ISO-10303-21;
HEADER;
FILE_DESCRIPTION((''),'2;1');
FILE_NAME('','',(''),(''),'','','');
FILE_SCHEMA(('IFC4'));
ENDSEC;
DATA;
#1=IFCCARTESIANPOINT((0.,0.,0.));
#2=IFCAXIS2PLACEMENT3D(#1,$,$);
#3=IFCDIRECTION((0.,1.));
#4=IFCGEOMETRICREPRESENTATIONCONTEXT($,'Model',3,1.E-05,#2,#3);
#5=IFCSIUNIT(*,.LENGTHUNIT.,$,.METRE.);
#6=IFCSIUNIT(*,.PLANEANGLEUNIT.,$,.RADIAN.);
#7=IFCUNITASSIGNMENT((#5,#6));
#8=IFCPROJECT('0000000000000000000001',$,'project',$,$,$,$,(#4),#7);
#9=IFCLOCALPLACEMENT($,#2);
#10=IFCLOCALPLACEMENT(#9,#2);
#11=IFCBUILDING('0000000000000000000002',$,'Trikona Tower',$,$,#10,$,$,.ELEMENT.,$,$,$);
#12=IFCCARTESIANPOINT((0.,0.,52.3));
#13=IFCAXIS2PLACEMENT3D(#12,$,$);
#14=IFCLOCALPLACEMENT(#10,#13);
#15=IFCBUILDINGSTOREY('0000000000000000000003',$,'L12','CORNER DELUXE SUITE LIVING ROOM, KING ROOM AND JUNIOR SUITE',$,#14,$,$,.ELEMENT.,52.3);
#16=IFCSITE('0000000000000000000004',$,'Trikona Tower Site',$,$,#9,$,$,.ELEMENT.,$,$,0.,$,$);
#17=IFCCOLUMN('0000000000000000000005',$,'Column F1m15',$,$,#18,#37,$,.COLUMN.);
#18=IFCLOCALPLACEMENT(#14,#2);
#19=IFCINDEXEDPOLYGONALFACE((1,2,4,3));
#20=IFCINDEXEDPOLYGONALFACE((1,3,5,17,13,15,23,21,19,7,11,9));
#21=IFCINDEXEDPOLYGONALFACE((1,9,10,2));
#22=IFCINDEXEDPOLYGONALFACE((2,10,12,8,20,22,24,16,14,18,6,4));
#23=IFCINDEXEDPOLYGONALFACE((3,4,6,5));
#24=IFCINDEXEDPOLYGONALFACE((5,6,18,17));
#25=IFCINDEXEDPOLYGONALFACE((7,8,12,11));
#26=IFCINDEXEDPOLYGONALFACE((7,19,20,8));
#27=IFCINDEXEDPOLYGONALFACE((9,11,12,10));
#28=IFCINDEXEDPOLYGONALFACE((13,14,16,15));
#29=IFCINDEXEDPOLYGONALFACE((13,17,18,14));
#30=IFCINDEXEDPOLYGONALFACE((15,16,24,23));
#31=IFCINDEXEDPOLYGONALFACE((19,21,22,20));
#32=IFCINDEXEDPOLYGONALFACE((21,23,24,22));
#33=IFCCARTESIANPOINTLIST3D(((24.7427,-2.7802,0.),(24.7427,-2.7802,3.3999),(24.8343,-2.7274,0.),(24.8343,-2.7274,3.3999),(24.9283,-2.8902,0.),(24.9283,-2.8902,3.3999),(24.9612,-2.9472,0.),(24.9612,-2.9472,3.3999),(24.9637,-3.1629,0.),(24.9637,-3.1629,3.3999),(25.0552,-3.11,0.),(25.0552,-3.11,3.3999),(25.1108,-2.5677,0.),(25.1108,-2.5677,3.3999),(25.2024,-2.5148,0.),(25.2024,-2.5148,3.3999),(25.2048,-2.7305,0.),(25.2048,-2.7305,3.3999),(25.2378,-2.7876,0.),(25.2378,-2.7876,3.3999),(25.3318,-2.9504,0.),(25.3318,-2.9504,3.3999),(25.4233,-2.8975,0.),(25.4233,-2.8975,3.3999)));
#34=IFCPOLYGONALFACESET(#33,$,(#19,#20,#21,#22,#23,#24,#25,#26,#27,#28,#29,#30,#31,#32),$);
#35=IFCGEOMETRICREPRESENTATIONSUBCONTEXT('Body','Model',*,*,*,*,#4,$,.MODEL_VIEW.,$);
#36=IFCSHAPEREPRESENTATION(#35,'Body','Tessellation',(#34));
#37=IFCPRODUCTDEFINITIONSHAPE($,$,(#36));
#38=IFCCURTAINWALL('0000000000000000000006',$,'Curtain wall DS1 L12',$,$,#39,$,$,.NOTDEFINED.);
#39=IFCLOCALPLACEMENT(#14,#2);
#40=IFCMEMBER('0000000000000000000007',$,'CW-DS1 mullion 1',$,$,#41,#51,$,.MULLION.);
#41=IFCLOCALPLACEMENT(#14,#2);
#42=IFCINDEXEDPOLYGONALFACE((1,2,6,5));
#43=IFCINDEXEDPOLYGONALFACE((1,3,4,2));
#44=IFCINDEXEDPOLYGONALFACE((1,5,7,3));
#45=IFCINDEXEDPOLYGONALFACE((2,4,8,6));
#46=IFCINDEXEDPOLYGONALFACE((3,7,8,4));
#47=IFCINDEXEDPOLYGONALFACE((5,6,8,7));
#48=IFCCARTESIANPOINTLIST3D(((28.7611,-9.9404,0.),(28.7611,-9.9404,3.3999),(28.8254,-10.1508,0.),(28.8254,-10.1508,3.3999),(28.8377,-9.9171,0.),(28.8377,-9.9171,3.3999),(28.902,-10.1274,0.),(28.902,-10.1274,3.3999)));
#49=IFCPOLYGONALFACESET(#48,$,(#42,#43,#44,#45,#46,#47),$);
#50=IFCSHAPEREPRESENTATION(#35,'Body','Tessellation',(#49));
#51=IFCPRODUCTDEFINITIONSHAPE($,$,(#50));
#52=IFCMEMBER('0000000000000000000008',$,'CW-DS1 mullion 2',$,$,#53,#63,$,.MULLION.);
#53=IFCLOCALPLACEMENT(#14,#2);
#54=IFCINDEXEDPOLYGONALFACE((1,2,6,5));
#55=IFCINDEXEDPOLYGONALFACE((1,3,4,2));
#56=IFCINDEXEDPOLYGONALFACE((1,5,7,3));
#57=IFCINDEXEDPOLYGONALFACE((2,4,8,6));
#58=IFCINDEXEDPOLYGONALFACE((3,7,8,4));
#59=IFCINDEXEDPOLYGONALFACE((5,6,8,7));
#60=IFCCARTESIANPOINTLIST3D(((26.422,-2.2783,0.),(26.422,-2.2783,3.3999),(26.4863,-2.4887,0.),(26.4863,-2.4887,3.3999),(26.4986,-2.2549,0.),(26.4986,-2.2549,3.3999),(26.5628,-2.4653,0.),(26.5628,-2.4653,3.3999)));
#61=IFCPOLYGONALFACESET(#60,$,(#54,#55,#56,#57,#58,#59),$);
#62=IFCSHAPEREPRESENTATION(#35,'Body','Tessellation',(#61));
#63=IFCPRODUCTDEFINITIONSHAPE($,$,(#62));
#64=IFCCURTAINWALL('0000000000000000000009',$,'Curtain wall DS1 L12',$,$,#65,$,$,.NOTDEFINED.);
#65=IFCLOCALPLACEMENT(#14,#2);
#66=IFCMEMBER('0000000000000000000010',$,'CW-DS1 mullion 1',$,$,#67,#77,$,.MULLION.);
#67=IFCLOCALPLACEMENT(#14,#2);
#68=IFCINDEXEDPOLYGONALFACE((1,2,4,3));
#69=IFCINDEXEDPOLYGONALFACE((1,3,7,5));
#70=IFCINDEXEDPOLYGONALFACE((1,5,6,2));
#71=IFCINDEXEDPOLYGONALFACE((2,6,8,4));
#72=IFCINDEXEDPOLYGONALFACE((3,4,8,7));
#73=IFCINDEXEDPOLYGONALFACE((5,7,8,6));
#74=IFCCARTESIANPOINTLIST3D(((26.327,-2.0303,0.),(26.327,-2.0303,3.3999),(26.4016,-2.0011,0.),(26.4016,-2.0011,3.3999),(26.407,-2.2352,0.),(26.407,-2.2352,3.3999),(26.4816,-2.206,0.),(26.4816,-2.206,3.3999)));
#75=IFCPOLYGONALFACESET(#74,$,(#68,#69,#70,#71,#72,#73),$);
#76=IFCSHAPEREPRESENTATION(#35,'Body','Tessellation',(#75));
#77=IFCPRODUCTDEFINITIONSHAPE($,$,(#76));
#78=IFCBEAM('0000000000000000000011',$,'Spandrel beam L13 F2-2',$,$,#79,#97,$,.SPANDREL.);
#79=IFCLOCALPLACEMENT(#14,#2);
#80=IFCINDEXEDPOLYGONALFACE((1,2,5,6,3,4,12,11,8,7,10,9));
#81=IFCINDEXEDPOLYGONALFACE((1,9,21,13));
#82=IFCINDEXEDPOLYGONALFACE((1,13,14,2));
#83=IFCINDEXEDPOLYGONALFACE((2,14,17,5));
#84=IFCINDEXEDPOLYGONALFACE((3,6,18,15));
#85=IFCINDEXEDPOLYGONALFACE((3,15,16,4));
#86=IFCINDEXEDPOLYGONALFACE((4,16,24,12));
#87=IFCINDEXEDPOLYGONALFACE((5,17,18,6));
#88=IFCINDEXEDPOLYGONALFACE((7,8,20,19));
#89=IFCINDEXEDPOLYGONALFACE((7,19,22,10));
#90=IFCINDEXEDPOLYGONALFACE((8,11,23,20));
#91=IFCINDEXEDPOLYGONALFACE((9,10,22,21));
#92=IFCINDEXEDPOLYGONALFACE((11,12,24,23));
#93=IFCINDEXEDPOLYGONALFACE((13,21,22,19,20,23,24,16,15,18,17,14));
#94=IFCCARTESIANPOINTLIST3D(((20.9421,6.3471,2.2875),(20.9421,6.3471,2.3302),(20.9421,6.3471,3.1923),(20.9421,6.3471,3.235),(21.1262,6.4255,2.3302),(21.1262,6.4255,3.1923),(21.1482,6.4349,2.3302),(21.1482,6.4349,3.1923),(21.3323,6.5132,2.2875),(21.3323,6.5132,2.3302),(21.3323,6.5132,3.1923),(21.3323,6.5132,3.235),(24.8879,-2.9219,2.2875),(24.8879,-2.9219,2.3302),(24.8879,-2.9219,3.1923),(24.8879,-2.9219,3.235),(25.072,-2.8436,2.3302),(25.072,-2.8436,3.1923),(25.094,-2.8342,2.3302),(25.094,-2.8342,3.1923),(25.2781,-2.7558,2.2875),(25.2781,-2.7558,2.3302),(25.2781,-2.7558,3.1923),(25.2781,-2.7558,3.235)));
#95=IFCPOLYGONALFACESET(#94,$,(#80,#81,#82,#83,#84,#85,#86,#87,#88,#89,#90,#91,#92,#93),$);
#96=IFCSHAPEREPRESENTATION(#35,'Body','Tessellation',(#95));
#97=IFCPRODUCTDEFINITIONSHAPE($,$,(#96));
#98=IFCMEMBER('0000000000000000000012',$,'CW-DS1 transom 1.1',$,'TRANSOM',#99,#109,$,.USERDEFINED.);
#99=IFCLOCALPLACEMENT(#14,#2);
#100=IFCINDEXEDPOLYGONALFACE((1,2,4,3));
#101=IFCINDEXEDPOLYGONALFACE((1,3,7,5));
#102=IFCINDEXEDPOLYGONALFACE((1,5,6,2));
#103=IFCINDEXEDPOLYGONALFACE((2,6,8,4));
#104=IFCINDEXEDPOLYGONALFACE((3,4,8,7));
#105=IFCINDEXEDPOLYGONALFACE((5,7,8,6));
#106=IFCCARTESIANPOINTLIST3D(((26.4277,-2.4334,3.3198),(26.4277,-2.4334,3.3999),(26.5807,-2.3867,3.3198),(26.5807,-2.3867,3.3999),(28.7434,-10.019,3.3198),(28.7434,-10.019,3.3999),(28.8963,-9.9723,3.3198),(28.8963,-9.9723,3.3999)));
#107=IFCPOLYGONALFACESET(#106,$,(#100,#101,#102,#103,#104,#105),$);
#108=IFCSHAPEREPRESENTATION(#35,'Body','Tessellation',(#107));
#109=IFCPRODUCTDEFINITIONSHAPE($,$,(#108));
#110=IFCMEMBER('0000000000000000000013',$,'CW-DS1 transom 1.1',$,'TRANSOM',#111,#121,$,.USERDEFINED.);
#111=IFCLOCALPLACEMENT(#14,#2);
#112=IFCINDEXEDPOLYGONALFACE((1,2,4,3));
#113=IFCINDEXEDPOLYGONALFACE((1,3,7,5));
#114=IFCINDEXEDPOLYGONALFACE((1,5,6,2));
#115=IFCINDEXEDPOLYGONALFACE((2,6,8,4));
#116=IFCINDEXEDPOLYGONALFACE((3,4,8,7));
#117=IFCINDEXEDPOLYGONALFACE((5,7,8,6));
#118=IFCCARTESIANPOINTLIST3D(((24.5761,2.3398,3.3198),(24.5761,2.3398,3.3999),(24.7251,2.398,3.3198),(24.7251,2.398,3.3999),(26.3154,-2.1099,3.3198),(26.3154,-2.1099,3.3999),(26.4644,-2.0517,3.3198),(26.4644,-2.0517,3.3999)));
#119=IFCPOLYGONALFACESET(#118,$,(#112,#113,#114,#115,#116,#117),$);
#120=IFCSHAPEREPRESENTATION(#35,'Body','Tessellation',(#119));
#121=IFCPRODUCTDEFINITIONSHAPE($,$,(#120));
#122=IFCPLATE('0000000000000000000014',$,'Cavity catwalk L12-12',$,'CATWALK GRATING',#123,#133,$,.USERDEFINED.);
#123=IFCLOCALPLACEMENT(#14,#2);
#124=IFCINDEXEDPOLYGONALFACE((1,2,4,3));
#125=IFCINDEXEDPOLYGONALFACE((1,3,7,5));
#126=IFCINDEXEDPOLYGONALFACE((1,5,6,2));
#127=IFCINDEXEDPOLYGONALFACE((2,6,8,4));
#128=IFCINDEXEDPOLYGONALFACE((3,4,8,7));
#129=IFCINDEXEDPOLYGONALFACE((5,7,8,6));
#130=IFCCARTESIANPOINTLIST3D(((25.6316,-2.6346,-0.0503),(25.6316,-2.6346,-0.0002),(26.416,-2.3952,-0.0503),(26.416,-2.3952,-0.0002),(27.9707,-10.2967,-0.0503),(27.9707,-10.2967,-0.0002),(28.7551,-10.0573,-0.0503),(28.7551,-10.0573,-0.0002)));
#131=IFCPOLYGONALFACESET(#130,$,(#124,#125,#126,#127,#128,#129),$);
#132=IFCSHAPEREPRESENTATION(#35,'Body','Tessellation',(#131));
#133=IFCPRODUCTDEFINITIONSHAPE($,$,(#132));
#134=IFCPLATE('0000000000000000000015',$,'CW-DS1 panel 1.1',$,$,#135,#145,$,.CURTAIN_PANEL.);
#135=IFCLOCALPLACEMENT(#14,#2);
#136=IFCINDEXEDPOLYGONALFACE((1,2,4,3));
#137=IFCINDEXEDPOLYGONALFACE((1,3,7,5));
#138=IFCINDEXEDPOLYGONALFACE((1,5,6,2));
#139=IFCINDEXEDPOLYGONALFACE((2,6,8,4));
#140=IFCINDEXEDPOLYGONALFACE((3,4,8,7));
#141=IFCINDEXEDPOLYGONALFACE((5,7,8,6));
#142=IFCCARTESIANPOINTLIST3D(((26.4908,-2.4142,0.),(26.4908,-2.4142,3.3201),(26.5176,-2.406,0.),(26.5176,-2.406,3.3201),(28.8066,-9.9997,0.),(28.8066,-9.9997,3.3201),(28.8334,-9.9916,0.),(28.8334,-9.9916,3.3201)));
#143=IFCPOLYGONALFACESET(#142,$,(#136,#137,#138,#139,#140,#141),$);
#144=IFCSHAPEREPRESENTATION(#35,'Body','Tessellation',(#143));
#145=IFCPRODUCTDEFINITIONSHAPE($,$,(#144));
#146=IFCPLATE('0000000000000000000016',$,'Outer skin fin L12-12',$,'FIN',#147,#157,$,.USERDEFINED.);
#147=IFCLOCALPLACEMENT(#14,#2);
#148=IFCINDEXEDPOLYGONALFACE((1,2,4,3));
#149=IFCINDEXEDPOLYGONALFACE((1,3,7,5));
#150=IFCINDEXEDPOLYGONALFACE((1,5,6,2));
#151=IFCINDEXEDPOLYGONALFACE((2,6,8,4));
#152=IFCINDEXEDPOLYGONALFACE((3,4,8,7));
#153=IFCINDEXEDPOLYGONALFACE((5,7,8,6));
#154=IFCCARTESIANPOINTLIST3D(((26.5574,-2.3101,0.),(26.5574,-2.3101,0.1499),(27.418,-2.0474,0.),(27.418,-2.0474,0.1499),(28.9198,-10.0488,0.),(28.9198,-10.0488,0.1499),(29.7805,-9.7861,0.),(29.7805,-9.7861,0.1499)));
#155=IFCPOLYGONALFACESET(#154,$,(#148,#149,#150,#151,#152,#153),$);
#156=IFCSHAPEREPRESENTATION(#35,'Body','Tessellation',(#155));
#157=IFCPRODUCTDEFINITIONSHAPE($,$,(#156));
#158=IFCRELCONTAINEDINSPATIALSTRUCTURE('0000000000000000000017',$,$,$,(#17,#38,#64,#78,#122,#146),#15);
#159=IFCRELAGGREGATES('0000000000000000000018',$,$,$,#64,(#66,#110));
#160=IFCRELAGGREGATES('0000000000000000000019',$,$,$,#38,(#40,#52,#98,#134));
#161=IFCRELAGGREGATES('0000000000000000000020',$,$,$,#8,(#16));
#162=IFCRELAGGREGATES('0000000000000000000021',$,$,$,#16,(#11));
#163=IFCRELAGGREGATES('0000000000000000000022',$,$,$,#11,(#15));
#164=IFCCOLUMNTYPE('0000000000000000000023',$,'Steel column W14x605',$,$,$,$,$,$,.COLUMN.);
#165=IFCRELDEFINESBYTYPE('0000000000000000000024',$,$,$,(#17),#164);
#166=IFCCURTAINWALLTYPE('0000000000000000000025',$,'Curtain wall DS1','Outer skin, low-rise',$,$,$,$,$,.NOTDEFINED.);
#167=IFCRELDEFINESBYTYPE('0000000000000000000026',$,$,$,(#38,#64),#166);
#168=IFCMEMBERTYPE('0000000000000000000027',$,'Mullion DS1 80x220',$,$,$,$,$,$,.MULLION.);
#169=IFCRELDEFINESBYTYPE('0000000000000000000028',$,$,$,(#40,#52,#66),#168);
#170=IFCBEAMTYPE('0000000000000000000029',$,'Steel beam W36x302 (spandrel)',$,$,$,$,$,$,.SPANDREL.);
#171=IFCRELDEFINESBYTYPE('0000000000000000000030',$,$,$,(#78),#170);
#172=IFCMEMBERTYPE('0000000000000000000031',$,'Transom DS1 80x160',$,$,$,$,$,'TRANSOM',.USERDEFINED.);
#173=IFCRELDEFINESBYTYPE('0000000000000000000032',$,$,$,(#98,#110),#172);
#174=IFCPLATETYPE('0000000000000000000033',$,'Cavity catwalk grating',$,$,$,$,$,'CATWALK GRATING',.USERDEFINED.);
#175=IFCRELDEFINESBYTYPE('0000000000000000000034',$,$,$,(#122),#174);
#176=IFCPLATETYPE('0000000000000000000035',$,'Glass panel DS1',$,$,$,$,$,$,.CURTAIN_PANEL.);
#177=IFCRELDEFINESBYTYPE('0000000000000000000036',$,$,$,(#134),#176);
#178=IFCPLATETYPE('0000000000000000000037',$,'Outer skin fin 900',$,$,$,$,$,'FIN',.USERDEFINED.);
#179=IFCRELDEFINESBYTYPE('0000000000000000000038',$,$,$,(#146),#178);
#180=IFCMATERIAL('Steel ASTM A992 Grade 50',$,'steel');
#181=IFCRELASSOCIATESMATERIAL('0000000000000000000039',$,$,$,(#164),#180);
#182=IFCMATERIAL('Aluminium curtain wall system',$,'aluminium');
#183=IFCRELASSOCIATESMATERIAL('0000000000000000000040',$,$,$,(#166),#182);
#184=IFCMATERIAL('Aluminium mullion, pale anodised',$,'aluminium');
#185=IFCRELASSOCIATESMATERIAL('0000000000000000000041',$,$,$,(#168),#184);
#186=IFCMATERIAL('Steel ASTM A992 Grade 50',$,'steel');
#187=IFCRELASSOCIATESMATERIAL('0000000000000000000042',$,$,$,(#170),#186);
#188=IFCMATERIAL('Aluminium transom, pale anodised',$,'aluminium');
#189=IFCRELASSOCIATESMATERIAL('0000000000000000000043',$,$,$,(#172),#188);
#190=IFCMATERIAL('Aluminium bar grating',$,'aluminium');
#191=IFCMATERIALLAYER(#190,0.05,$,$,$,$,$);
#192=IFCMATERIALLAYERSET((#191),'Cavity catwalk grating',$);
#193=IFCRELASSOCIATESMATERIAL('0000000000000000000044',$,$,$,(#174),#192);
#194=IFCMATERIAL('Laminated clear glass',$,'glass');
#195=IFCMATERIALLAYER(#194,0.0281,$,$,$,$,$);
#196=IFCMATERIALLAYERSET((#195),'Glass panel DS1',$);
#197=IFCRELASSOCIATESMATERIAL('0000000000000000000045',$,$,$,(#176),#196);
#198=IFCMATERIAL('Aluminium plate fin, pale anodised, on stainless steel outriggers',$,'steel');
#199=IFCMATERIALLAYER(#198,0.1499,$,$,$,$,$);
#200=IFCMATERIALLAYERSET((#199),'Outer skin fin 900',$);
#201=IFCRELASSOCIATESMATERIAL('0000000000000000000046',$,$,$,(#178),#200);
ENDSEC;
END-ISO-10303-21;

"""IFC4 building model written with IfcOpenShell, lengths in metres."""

from ifc_helpers import new_model, si_unit, direction, frame, origin, origin_2d, place, context, subcontext, project, spatial, rectangle, i_section, extrude, material, layer, layer_set, material_profile, profile_set, type_object, element, aggregate, save


model = new_model("IFC4")

# Units and contexts
model_context = context("Model", 3, precision=1e-05, world=origin(), true_north=direction((0.0, 1.0)))
body_context = subcontext(model_context, "Body", "Model", "MODEL_VIEW")
ifc_project = project(units=[si_unit("LENGTHUNIT", "METRE"), si_unit("PLANEANGLEUNIT", "RADIAN")], contexts=[model_context])

# Site, building, storey
site_placement = place(None, origin())
site = spatial("IfcSite", under=ifc_project, at=site_placement, Name="Trikona Tower Site", CompositionType="ELEMENT", RefElevation=0.0)
building_placement = place(site_placement, origin())
building = spatial("IfcBuilding", under=site, at=building_placement, Name="Trikona Tower", CompositionType="ELEMENT")
storey_placement = place(building_placement, frame((0.0, 0.0, 52.3)))
storey = spatial("IfcBuildingStorey", under=building, at=storey_placement, Name="L12", Description="CORNER DELUXE SUITE LIVING ROOM, KING ROOM AND JUNIOR SUITE", CompositionType="ELEMENT", Elevation=52.3)

# Column
ifc_material_1 = material(Name="Steel ASTM A992 Grade 50", Category="steel")
ifc_material_profile_1 = material_profile(ifc_material_1, i_section(OverallWidth=0.4419, OverallDepth=0.5308, WebThickness=0.0659, FlangeThickness=0.1057, at=origin_2d()), Name="W14X605")
ifc_profile_set_1 = profile_set([ifc_material_profile_1], Name="Steel ASTM A992 Grade 50")
column_type = type_object("IfcColumnType", Name="Steel column W14x605", PredefinedType="COLUMN", material=ifc_profile_set_1)
column_placement = place(storey_placement, frame((25.083, -2.8389, 0.0), z_axis=(0.0, 0.0, 1.0), x_axis=(-0.5, 0.866025, 0.0)))
element("IfcColumn", 1, at=column_placement, inside=storey, type_object=column_type, Name="Column F1m15", PredefinedType="COLUMN", context=body_context, shape_type="SweptSolid", body=[
    extrude(i_section(OverallWidth=0.4419, OverallDepth=0.5308, WebThickness=0.0659, FlangeThickness=0.1057, at=origin_2d()), origin(), (0.0, 0.0, 1.0), 3.3999),
])

# Curtain wall, members
ifc_material_2 = material(Name="Aluminium curtain wall system", Category="aluminium")
curtain_wall_type = type_object("IfcCurtainWallType", Name="Curtain wall DS1", Description="Outer skin, low-rise", PredefinedType="NOTDEFINED", material=ifc_material_2)
curtain_wall_1_placement = place(storey_placement, origin())
curtain_wall_1 = element("IfcCurtainWall", 2, at=curtain_wall_1_placement, inside=storey, type_object=curtain_wall_type, Name="Curtain wall DS1 L12", PredefinedType="NOTDEFINED")
ifc_material_3 = material(Name="Aluminium mullion, pale anodised", Category="aluminium")
ifc_material_profile_2 = material_profile(ifc_material_3, rectangle(XDim=0.0801, YDim=0.22, at=origin_2d()), Name="MUL-DS1")
ifc_profile_set_2 = profile_set([ifc_material_profile_2], Name="Aluminium mullion, pale anodised")
member_type_1 = type_object("IfcMemberType", Name="Mullion DS1 80x220", PredefinedType="MULLION", material=ifc_profile_set_2)
member_1_placement = place(storey_placement, frame((28.8315, -10.0339, 0.0), z_axis=(0.0, 0.0, 1.0), x_axis=(-0.956423, -0.291984, 0.0)))
member_1 = element("IfcMember", 3, at=member_1_placement, type_object=member_type_1, Name="CW-DS1 mullion 1", PredefinedType="MULLION", context=body_context, shape_type="SweptSolid", body=[
    extrude(rectangle(XDim=0.0801, YDim=0.22, at=origin_2d()), origin(), (0.0, 0.0, 1.0), 3.3999),
])
member_2_placement = place(storey_placement, frame((26.4924, -2.3718, 0.0), z_axis=(0.0, 0.0, 1.0), x_axis=(-0.956423, -0.291984, 0.0)))
member_2 = element("IfcMember", 4, at=member_2_placement, type_object=member_type_1, Name="CW-DS1 mullion 2", PredefinedType="MULLION", context=body_context, shape_type="SweptSolid", body=[
    extrude(rectangle(XDim=0.0801, YDim=0.22, at=origin_2d()), origin(), (0.0, 0.0, 1.0), 3.3999),
])

# Curtain wall, member
curtain_wall_2_placement = place(storey_placement, origin())
curtain_wall_2 = element("IfcCurtainWall", 5, at=curtain_wall_2_placement, inside=storey, type_object=curtain_wall_type, Name="Curtain wall DS1 L12", PredefinedType="NOTDEFINED")
member_3_placement = place(storey_placement, frame((26.4043, -2.1182, 0.0), z_axis=(0.0, 0.0, 1.0), x_axis=(-0.931396, -0.364008, 0.0)))
member_3 = element("IfcMember", 6, at=member_3_placement, type_object=member_type_1, Name="CW-DS1 mullion 1", PredefinedType="MULLION", context=body_context, shape_type="SweptSolid", body=[
    extrude(rectangle(XDim=0.0801, YDim=0.22, at=origin_2d()), origin(), (0.0, 0.0, 1.0), 3.3999),
])

# Beam
ifc_material_4 = material(Name="Steel ASTM A992 Grade 50", Category="steel")
ifc_material_profile_3 = material_profile(ifc_material_4, i_section(OverallWidth=0.4241, OverallDepth=0.9475, WebThickness=0.0239, FlangeThickness=0.0427, at=origin_2d()), Name="W36X302")
ifc_profile_set_3 = profile_set([ifc_material_profile_3], Name="Steel ASTM A992 Grade 50")
beam_type = type_object("IfcBeamType", Name="Steel beam W36x302 (spandrel)", PredefinedType="SPANDREL", material=ifc_profile_set_3)
beam_placement = place(storey_placement, frame((25.083, -2.8389, 2.7612), z_axis=(-0.391684, 0.9201, 0.0), x_axis=(-0.9201, -0.391684, 0.0)))
element("IfcBeam", 7, at=beam_placement, inside=storey, type_object=beam_type, Name="Spandrel beam L13 F2-2", PredefinedType="SPANDREL", context=body_context, shape_type="SweptSolid", body=[
    extrude(i_section(OverallWidth=0.4241, OverallDepth=0.9475, WebThickness=0.0239, FlangeThickness=0.0427, at=origin_2d()), origin(), (0.0, 0.0, 1.0), 10.074),
])

# Members
ifc_material_5 = material(Name="Aluminium transom, pale anodised", Category="aluminium")
ifc_material_profile_4 = material_profile(ifc_material_5, rectangle(XDim=0.1599, YDim=0.0801, at=origin_2d()), Name="TRN-DS1")
ifc_profile_set_4 = profile_set([ifc_material_profile_4], Name="Aluminium transom, pale anodised")
member_type_2 = type_object("IfcMemberType", Name="Transom DS1 80x160", ElementType="TRANSOM", PredefinedType="USERDEFINED", material=ifc_profile_set_4)
member_4_placement = place(storey_placement, frame((28.8198, -9.9956, 3.3599), z_axis=(-0.291967, 0.956428, 0.0), x_axis=(-0.956428, -0.291967, 0.0)))
member_4 = element("IfcMember", 8, at=member_4_placement, type_object=member_type_2, Name="CW-DS1 transom 1.1", ObjectType="TRANSOM", PredefinedType="USERDEFINED", context=body_context, shape_type="SweptSolid", body=[
    extrude(rectangle(XDim=0.1599, YDim=0.0801, at=origin_2d()), origin(), (0.0, 0.0, 1.0), 7.9312),
])
member_5_placement = place(storey_placement, frame((26.3899, -2.0808, 3.3599), z_axis=(-0.364049, 0.93138, 0.0), x_axis=(-0.93138, -0.364049, 0.0)))
member_5 = element("IfcMember", 9, at=member_5_placement, type_object=member_type_2, Name="CW-DS1 transom 1.1", ObjectType="TRANSOM", PredefinedType="USERDEFINED", context=body_context, shape_type="SweptSolid", body=[
    extrude(rectangle(XDim=0.1599, YDim=0.0801, at=origin_2d()), origin(), (0.0, 0.0, 1.0), 4.7776),
])
aggregate(curtain_wall_2, [member_3, member_5])

# Plates
ifc_material_6 = material(Name="Aluminium bar grating", Category="aluminium")
ifc_layer_1 = layer(ifc_material_6, 0.05)
ifc_layer_set_1 = layer_set([ifc_layer_1], Name="Cavity catwalk grating")
plate_type_1 = type_object("IfcPlateType", Name="Cavity catwalk grating", ElementType="CATWALK GRATING", PredefinedType="USERDEFINED", material=ifc_layer_set_1)
plate_1_placement = place(storey_placement, frame((27.1934, -6.3459, -0.0503), z_axis=(0.0, 0.0, 1.0), x_axis=(-0.291979, 0.956425, 0.0)))
element("IfcPlate", 10, at=plate_1_placement, inside=storey, type_object=plate_type_1, Name="Cavity catwalk L12-12", ObjectType="CATWALK GRATING", PredefinedType="USERDEFINED", context=body_context, shape_type="SweptSolid", body=[
    extrude(rectangle(XDim=8.0112, YDim=0.8201, at=origin_2d()), origin(), (0.0, 0.0, 1.0), 0.05),
])
ifc_material_7 = material(Name="Laminated clear glass", Category="glass")
ifc_layer_2 = layer(ifc_material_7, 0.0281)
ifc_layer_set_2 = layer_set([ifc_layer_2], Name="Glass panel DS1")
plate_type_2 = type_object("IfcPlateType", Name="Glass panel DS1", PredefinedType="CURTAIN_PANEL", material=ifc_layer_set_2)
plate_2_placement = place(storey_placement, frame((27.6621, -6.2029, 0.0), z_axis=(0.0, 0.0, 1.0), x_axis=(-0.291984, 0.956423, 0.0)))
plate_2 = element("IfcPlate", 11, at=plate_2_placement, type_object=plate_type_2, Name="CW-DS1 panel 1.1", PredefinedType="CURTAIN_PANEL", context=body_context, shape_type="SweptSolid", body=[
    extrude(rectangle(XDim=7.9312, YDim=0.0281, at=origin_2d()), origin(), (0.0, 0.0, 1.0), 3.3201),
])
aggregate(curtain_wall_1, [member_1, member_2, member_4, plate_2])
ifc_material_8 = material(Name="Aluminium plate fin, pale anodised, on stainless steel outriggers", Category="steel")
ifc_layer_3 = layer(ifc_material_8, 0.1499)
ifc_layer_set_3 = layer_set([ifc_layer_3], Name="Outer skin fin 900")
plate_type_3 = type_object("IfcPlateType", Name="Outer skin fin 900", ElementType="FIN", PredefinedType="USERDEFINED", material=ifc_layer_set_3)
plate_3_placement = place(storey_placement, frame((28.1689, -6.0481, 0.0), z_axis=(0.0, 0.0, 1.0), x_axis=(-0.291979, 0.956425, 0.0)))
element("IfcPlate", 12, at=plate_3_placement, inside=storey, type_object=plate_type_3, Name="Outer skin fin L12-12", ObjectType="FIN", PredefinedType="USERDEFINED", context=body_context, shape_type="SweptSolid", body=[
    extrude(rectangle(XDim=8.0913, YDim=0.8999, at=origin_2d()), origin(), (0.0, 0.0, 1.0), 0.1499),
])

save(model, "model.ifc")
